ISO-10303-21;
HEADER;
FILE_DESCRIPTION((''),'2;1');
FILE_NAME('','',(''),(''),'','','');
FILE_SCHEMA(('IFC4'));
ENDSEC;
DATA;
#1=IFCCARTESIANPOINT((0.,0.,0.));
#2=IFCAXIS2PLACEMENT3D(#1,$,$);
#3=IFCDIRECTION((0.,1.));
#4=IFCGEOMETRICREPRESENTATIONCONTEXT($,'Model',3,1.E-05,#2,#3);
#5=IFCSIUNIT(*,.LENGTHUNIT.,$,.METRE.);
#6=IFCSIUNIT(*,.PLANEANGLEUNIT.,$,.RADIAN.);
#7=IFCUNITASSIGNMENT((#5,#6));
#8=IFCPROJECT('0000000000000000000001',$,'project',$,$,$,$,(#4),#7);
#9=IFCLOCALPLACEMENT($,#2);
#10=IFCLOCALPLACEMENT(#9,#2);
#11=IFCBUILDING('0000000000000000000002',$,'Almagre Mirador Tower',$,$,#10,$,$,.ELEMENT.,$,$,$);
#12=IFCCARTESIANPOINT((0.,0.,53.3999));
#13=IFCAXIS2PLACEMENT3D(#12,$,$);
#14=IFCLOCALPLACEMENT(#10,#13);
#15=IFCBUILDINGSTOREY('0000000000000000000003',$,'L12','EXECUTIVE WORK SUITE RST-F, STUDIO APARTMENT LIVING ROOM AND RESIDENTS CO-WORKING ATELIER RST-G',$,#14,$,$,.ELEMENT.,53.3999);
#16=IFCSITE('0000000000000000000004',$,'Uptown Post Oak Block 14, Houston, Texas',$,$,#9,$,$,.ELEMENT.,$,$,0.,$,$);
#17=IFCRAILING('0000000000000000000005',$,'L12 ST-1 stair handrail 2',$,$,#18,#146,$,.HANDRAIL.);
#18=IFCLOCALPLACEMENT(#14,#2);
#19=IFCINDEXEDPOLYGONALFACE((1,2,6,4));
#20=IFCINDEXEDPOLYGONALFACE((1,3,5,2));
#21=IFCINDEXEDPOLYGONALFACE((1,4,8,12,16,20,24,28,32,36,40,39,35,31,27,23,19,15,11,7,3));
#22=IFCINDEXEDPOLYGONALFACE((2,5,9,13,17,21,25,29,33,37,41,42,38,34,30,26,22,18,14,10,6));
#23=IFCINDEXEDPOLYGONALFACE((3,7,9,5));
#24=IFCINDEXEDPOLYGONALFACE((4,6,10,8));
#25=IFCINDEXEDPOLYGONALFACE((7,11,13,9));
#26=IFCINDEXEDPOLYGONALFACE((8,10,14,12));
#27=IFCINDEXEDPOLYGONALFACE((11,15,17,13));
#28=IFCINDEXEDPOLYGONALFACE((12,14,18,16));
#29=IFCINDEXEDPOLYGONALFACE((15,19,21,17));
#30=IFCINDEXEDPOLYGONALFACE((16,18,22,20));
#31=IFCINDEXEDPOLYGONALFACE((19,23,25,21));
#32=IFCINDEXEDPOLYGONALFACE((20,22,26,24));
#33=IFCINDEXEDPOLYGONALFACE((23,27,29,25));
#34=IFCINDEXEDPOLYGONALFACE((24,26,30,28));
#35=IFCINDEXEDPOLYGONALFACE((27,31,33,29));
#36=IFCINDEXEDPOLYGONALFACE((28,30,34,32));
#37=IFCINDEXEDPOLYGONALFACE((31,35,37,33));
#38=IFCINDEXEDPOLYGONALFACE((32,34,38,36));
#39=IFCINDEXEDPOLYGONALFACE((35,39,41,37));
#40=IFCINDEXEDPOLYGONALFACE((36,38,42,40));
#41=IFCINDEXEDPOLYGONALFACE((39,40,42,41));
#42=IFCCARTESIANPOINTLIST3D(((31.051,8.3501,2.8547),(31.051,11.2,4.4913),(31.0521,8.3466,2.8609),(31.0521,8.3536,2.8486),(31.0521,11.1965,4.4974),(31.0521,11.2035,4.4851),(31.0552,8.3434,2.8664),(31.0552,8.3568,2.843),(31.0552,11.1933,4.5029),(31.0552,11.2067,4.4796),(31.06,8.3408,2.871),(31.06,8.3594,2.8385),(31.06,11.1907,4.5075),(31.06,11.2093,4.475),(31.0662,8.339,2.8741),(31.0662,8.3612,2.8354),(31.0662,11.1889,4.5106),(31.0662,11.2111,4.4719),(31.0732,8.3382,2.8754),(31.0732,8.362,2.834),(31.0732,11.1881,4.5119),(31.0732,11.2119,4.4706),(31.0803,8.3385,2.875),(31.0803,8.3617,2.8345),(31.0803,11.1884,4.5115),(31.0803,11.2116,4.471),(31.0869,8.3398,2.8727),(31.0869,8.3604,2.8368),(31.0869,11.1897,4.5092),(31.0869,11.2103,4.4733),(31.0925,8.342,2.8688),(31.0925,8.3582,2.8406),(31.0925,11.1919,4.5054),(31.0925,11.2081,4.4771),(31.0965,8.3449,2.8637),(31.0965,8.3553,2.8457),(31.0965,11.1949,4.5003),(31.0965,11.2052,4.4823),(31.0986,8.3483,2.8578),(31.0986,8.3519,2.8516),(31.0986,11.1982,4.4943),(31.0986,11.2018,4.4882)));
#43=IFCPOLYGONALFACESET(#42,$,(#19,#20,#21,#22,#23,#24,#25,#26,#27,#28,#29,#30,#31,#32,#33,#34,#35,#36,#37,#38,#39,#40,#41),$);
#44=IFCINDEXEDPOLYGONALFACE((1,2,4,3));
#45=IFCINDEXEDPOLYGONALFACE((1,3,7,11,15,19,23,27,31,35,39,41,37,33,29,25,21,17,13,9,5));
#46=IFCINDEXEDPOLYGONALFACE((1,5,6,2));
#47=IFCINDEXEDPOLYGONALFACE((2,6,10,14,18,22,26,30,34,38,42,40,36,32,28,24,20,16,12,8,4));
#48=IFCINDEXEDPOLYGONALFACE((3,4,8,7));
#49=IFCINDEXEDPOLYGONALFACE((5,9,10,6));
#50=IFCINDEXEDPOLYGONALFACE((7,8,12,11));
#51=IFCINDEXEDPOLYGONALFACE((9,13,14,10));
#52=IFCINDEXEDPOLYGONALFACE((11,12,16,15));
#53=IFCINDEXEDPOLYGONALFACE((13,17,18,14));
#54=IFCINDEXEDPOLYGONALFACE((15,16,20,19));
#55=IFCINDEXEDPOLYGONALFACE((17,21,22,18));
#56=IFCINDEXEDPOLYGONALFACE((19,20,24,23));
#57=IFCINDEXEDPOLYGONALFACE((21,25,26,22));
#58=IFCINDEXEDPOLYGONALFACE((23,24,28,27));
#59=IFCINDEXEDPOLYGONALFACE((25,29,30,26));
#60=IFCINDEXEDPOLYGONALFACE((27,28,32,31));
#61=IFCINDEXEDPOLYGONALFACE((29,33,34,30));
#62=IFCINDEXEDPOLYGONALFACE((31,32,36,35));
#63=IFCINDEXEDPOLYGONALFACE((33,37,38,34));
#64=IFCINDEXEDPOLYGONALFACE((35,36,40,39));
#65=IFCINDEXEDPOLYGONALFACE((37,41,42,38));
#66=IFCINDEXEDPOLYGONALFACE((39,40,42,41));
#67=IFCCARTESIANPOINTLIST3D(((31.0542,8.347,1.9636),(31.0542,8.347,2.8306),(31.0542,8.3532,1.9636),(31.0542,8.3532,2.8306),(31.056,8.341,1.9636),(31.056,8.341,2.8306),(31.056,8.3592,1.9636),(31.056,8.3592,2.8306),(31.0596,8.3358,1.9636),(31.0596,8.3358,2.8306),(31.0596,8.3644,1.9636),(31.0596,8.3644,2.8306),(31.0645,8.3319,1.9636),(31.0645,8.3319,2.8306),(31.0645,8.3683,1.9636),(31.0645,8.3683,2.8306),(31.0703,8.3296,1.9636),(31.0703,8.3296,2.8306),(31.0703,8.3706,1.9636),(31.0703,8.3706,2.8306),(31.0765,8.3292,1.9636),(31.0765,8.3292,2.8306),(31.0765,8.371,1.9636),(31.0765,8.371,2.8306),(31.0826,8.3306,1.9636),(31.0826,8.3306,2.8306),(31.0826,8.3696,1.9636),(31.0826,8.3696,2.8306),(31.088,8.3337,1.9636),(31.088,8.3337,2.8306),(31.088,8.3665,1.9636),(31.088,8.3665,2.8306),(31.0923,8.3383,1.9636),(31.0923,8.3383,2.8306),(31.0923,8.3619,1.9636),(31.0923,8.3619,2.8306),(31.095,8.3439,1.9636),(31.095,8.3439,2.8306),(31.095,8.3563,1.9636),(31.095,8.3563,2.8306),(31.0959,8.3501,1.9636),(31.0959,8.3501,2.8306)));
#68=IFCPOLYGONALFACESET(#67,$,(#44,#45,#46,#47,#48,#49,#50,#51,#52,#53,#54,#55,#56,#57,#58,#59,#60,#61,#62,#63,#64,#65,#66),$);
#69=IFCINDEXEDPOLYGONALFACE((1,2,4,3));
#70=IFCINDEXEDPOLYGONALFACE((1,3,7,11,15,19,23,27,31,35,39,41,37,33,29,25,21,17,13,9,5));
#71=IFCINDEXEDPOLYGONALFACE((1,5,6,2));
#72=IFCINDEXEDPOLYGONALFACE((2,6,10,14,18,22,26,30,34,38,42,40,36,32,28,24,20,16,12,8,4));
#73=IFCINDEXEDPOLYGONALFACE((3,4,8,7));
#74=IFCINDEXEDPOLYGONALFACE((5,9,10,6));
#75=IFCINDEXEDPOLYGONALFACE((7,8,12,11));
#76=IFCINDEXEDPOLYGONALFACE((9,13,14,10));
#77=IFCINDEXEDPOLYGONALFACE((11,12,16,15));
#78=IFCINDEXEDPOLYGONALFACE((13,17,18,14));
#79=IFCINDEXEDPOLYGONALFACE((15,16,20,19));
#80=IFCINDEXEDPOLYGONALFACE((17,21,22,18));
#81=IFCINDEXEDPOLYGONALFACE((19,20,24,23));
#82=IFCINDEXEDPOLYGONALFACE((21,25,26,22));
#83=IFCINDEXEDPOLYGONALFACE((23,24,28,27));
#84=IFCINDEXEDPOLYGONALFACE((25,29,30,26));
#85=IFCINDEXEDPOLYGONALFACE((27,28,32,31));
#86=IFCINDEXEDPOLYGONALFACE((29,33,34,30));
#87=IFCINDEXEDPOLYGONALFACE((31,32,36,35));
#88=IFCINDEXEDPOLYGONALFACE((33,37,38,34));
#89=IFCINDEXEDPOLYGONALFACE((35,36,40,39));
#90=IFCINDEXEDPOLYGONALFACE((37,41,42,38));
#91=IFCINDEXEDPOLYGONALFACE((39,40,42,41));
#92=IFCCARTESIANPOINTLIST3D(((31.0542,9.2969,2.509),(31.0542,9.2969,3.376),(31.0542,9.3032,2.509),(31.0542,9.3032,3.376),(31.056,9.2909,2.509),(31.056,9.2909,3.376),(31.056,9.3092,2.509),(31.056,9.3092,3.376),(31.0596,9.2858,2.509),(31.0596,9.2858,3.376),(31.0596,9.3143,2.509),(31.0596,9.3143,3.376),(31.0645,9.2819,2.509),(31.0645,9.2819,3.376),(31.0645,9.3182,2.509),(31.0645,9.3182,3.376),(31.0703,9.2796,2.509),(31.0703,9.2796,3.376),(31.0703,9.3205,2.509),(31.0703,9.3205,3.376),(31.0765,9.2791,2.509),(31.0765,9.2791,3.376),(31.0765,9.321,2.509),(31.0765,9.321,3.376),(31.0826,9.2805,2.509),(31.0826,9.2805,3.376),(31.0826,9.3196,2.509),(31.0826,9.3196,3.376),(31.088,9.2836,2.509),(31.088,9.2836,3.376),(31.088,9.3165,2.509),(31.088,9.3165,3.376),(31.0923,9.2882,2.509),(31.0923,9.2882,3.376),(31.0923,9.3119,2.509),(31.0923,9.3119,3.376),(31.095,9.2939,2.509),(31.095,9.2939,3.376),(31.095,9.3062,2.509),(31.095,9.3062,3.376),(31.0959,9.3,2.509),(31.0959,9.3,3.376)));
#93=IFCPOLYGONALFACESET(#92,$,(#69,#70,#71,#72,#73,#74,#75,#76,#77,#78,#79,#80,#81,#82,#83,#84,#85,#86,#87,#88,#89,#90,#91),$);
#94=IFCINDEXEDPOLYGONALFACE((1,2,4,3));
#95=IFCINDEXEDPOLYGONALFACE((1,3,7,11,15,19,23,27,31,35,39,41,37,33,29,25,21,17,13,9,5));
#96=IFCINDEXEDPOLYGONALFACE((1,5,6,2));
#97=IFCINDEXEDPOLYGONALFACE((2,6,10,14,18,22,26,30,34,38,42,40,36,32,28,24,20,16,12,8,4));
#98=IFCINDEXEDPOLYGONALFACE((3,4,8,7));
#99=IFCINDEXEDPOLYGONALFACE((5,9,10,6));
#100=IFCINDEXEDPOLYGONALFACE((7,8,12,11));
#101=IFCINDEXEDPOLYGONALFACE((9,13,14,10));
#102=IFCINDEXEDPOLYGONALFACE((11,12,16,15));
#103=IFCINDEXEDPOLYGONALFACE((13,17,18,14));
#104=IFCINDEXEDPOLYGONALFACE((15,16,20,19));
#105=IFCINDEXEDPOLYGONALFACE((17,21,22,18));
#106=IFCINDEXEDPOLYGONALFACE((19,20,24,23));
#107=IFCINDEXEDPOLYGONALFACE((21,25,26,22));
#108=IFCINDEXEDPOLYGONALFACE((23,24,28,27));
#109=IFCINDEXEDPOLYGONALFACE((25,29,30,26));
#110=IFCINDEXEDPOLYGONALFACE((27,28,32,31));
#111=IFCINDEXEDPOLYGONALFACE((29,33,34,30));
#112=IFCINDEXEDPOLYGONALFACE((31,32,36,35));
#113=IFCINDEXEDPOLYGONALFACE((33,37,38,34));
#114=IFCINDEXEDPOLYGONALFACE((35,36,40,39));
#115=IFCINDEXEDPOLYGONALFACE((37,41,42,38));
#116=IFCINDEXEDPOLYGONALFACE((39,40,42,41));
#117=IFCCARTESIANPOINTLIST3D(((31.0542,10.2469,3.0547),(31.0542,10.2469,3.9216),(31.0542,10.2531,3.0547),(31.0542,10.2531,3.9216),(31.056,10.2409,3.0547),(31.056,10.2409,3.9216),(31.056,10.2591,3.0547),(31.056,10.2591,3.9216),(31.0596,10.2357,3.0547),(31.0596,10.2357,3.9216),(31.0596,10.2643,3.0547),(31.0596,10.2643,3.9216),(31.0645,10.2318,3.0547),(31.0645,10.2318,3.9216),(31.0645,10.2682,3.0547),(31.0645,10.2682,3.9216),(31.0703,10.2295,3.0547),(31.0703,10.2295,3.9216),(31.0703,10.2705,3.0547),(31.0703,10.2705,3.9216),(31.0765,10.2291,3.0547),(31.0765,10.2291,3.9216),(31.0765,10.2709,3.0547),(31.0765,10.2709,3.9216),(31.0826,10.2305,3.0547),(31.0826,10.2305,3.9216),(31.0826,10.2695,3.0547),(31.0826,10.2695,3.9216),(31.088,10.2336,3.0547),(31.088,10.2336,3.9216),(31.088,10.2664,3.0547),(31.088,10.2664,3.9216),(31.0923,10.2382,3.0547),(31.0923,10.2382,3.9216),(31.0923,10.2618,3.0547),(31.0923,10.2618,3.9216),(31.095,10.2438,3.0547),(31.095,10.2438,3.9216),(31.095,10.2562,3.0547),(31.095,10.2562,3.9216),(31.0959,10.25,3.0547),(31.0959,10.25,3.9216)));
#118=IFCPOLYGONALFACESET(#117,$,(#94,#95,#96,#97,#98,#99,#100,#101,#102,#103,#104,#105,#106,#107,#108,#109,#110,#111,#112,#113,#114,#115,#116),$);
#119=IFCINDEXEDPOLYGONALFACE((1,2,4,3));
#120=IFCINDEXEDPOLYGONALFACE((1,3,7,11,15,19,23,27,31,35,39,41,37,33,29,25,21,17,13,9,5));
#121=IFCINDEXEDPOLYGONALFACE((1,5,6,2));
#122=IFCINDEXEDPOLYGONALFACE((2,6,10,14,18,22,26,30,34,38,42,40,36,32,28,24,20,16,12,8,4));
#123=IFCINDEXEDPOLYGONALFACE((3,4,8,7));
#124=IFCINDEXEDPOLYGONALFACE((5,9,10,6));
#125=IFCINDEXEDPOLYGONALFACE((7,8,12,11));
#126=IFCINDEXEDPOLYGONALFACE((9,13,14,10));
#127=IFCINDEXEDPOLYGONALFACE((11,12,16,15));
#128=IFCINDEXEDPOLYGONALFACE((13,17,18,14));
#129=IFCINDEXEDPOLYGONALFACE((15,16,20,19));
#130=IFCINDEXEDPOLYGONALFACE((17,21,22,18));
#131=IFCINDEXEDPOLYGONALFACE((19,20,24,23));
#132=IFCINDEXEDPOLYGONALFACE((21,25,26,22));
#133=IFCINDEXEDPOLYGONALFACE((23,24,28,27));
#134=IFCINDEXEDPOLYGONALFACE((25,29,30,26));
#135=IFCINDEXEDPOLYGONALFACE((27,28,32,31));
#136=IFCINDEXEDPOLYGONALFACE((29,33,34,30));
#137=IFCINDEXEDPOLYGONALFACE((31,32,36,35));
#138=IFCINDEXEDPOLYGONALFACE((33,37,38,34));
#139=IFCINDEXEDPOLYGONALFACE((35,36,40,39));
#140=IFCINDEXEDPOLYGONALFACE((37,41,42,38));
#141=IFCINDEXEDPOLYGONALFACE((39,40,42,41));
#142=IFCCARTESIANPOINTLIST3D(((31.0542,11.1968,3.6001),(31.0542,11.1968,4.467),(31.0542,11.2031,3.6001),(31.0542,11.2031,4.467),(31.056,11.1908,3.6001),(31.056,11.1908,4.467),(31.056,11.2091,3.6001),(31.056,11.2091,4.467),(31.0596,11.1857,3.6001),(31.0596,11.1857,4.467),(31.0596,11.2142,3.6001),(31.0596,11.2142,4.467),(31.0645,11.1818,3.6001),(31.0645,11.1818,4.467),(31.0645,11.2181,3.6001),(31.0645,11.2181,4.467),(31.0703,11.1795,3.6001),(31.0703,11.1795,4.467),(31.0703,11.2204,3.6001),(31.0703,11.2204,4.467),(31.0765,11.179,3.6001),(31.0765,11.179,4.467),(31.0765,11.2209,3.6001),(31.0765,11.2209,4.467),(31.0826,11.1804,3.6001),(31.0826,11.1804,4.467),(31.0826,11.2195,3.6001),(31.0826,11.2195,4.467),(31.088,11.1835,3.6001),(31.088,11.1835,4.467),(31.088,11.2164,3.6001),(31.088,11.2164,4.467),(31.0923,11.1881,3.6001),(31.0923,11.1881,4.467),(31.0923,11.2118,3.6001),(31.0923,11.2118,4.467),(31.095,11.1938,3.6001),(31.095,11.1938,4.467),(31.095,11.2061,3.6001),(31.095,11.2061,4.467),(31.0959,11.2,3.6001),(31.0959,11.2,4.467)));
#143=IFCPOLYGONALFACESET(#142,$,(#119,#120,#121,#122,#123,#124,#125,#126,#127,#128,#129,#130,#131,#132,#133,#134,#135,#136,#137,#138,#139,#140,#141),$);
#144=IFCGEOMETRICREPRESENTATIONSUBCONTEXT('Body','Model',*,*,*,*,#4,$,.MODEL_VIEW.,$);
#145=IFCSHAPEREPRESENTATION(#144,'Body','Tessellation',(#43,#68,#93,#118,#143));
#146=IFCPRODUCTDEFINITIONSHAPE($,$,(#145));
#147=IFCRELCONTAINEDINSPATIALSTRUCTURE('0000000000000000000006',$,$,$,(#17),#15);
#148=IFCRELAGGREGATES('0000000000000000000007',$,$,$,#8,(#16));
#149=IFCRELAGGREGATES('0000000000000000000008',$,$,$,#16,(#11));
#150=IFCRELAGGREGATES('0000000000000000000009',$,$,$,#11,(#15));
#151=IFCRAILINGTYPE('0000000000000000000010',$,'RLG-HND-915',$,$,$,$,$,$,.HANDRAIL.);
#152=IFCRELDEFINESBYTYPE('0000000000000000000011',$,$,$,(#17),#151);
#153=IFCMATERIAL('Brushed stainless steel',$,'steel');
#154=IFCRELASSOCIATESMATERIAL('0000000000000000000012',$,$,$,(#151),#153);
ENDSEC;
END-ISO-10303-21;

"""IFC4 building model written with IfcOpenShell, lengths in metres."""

from ifc_helpers import new_model, si_unit, direction, frame, origin, origin_2d, place, context, subcontext, project, spatial, circle, extrude, material, type_object, element, save


model = new_model("IFC4")

# Units and contexts
model_context = context("Model", 3, precision=1e-05, world=origin(), true_north=direction((0.0, 1.0)))
body_context = subcontext(model_context, "Body", "Model", "MODEL_VIEW")
ifc_project = project(units=[si_unit("LENGTHUNIT", "METRE"), si_unit("PLANEANGLEUNIT", "RADIAN")], contexts=[model_context])

# Site, building, storey
site_placement = place(None, origin())
site = spatial("IfcSite", under=ifc_project, at=site_placement, Name="Uptown Post Oak Block 14, Houston, Texas", CompositionType="ELEMENT", RefElevation=0.0)
building_placement = place(site_placement, origin())
building = spatial("IfcBuilding", under=site, at=building_placement, Name="Almagre Mirador Tower", CompositionType="ELEMENT")
storey_placement = place(building_placement, frame((0.0, 0.0, 53.3999)))
storey = spatial("IfcBuildingStorey", under=building, at=storey_placement, Name="L12", Description="EXECUTIVE WORK SUITE RST-F, STUDIO APARTMENT LIVING ROOM AND RESIDENTS CO-WORKING ATELIER RST-G", CompositionType="ELEMENT", Elevation=53.3999)

# Railing
ifc_material_1 = material(Name="Brushed stainless steel", Category="steel")
railing_type_1 = type_object("IfcRailingType", Name="RLG-HND-915", PredefinedType="HANDRAIL", material=ifc_material_1)
railing_1_placement = place(storey_placement, frame((31.075, 8.3501, 1.9636)))
element("IfcRailing", 1, at=railing_1_placement, inside=storey, type_object=railing_type_1, Name="L12 ST-1 stair handrail 2", PredefinedType="HANDRAIL", context=body_context, shape_type="SweptSolid", body=[
    extrude(circle(Radius=0.0239, at=origin_2d()), frame((0.0, 0.0, 0.8911), z_axis=(0.0, 0.867194, 0.49797), x_axis=(-1.0, 0.0, 0.0)), (0.0, 0.0, 1.0), 3.2864),
    extrude(circle(Radius=0.021, at=origin_2d()), origin(), (0.0, 0.0, 1.0), 0.8669),
    extrude(circle(Radius=0.021, at=origin_2d()), frame((0.0, 0.95, 0.5454)), (0.0, 0.0, 1.0), 0.8669),
    extrude(circle(Radius=0.021, at=origin_2d()), frame((0.0, 1.8999, 1.0911)), (0.0, 0.0, 1.0), 0.8669),
    extrude(circle(Radius=0.021, at=origin_2d()), frame((0.0, 2.8499, 1.6365)), (0.0, 0.0, 1.0), 0.8669),
])

save(model, "model.ifc")
